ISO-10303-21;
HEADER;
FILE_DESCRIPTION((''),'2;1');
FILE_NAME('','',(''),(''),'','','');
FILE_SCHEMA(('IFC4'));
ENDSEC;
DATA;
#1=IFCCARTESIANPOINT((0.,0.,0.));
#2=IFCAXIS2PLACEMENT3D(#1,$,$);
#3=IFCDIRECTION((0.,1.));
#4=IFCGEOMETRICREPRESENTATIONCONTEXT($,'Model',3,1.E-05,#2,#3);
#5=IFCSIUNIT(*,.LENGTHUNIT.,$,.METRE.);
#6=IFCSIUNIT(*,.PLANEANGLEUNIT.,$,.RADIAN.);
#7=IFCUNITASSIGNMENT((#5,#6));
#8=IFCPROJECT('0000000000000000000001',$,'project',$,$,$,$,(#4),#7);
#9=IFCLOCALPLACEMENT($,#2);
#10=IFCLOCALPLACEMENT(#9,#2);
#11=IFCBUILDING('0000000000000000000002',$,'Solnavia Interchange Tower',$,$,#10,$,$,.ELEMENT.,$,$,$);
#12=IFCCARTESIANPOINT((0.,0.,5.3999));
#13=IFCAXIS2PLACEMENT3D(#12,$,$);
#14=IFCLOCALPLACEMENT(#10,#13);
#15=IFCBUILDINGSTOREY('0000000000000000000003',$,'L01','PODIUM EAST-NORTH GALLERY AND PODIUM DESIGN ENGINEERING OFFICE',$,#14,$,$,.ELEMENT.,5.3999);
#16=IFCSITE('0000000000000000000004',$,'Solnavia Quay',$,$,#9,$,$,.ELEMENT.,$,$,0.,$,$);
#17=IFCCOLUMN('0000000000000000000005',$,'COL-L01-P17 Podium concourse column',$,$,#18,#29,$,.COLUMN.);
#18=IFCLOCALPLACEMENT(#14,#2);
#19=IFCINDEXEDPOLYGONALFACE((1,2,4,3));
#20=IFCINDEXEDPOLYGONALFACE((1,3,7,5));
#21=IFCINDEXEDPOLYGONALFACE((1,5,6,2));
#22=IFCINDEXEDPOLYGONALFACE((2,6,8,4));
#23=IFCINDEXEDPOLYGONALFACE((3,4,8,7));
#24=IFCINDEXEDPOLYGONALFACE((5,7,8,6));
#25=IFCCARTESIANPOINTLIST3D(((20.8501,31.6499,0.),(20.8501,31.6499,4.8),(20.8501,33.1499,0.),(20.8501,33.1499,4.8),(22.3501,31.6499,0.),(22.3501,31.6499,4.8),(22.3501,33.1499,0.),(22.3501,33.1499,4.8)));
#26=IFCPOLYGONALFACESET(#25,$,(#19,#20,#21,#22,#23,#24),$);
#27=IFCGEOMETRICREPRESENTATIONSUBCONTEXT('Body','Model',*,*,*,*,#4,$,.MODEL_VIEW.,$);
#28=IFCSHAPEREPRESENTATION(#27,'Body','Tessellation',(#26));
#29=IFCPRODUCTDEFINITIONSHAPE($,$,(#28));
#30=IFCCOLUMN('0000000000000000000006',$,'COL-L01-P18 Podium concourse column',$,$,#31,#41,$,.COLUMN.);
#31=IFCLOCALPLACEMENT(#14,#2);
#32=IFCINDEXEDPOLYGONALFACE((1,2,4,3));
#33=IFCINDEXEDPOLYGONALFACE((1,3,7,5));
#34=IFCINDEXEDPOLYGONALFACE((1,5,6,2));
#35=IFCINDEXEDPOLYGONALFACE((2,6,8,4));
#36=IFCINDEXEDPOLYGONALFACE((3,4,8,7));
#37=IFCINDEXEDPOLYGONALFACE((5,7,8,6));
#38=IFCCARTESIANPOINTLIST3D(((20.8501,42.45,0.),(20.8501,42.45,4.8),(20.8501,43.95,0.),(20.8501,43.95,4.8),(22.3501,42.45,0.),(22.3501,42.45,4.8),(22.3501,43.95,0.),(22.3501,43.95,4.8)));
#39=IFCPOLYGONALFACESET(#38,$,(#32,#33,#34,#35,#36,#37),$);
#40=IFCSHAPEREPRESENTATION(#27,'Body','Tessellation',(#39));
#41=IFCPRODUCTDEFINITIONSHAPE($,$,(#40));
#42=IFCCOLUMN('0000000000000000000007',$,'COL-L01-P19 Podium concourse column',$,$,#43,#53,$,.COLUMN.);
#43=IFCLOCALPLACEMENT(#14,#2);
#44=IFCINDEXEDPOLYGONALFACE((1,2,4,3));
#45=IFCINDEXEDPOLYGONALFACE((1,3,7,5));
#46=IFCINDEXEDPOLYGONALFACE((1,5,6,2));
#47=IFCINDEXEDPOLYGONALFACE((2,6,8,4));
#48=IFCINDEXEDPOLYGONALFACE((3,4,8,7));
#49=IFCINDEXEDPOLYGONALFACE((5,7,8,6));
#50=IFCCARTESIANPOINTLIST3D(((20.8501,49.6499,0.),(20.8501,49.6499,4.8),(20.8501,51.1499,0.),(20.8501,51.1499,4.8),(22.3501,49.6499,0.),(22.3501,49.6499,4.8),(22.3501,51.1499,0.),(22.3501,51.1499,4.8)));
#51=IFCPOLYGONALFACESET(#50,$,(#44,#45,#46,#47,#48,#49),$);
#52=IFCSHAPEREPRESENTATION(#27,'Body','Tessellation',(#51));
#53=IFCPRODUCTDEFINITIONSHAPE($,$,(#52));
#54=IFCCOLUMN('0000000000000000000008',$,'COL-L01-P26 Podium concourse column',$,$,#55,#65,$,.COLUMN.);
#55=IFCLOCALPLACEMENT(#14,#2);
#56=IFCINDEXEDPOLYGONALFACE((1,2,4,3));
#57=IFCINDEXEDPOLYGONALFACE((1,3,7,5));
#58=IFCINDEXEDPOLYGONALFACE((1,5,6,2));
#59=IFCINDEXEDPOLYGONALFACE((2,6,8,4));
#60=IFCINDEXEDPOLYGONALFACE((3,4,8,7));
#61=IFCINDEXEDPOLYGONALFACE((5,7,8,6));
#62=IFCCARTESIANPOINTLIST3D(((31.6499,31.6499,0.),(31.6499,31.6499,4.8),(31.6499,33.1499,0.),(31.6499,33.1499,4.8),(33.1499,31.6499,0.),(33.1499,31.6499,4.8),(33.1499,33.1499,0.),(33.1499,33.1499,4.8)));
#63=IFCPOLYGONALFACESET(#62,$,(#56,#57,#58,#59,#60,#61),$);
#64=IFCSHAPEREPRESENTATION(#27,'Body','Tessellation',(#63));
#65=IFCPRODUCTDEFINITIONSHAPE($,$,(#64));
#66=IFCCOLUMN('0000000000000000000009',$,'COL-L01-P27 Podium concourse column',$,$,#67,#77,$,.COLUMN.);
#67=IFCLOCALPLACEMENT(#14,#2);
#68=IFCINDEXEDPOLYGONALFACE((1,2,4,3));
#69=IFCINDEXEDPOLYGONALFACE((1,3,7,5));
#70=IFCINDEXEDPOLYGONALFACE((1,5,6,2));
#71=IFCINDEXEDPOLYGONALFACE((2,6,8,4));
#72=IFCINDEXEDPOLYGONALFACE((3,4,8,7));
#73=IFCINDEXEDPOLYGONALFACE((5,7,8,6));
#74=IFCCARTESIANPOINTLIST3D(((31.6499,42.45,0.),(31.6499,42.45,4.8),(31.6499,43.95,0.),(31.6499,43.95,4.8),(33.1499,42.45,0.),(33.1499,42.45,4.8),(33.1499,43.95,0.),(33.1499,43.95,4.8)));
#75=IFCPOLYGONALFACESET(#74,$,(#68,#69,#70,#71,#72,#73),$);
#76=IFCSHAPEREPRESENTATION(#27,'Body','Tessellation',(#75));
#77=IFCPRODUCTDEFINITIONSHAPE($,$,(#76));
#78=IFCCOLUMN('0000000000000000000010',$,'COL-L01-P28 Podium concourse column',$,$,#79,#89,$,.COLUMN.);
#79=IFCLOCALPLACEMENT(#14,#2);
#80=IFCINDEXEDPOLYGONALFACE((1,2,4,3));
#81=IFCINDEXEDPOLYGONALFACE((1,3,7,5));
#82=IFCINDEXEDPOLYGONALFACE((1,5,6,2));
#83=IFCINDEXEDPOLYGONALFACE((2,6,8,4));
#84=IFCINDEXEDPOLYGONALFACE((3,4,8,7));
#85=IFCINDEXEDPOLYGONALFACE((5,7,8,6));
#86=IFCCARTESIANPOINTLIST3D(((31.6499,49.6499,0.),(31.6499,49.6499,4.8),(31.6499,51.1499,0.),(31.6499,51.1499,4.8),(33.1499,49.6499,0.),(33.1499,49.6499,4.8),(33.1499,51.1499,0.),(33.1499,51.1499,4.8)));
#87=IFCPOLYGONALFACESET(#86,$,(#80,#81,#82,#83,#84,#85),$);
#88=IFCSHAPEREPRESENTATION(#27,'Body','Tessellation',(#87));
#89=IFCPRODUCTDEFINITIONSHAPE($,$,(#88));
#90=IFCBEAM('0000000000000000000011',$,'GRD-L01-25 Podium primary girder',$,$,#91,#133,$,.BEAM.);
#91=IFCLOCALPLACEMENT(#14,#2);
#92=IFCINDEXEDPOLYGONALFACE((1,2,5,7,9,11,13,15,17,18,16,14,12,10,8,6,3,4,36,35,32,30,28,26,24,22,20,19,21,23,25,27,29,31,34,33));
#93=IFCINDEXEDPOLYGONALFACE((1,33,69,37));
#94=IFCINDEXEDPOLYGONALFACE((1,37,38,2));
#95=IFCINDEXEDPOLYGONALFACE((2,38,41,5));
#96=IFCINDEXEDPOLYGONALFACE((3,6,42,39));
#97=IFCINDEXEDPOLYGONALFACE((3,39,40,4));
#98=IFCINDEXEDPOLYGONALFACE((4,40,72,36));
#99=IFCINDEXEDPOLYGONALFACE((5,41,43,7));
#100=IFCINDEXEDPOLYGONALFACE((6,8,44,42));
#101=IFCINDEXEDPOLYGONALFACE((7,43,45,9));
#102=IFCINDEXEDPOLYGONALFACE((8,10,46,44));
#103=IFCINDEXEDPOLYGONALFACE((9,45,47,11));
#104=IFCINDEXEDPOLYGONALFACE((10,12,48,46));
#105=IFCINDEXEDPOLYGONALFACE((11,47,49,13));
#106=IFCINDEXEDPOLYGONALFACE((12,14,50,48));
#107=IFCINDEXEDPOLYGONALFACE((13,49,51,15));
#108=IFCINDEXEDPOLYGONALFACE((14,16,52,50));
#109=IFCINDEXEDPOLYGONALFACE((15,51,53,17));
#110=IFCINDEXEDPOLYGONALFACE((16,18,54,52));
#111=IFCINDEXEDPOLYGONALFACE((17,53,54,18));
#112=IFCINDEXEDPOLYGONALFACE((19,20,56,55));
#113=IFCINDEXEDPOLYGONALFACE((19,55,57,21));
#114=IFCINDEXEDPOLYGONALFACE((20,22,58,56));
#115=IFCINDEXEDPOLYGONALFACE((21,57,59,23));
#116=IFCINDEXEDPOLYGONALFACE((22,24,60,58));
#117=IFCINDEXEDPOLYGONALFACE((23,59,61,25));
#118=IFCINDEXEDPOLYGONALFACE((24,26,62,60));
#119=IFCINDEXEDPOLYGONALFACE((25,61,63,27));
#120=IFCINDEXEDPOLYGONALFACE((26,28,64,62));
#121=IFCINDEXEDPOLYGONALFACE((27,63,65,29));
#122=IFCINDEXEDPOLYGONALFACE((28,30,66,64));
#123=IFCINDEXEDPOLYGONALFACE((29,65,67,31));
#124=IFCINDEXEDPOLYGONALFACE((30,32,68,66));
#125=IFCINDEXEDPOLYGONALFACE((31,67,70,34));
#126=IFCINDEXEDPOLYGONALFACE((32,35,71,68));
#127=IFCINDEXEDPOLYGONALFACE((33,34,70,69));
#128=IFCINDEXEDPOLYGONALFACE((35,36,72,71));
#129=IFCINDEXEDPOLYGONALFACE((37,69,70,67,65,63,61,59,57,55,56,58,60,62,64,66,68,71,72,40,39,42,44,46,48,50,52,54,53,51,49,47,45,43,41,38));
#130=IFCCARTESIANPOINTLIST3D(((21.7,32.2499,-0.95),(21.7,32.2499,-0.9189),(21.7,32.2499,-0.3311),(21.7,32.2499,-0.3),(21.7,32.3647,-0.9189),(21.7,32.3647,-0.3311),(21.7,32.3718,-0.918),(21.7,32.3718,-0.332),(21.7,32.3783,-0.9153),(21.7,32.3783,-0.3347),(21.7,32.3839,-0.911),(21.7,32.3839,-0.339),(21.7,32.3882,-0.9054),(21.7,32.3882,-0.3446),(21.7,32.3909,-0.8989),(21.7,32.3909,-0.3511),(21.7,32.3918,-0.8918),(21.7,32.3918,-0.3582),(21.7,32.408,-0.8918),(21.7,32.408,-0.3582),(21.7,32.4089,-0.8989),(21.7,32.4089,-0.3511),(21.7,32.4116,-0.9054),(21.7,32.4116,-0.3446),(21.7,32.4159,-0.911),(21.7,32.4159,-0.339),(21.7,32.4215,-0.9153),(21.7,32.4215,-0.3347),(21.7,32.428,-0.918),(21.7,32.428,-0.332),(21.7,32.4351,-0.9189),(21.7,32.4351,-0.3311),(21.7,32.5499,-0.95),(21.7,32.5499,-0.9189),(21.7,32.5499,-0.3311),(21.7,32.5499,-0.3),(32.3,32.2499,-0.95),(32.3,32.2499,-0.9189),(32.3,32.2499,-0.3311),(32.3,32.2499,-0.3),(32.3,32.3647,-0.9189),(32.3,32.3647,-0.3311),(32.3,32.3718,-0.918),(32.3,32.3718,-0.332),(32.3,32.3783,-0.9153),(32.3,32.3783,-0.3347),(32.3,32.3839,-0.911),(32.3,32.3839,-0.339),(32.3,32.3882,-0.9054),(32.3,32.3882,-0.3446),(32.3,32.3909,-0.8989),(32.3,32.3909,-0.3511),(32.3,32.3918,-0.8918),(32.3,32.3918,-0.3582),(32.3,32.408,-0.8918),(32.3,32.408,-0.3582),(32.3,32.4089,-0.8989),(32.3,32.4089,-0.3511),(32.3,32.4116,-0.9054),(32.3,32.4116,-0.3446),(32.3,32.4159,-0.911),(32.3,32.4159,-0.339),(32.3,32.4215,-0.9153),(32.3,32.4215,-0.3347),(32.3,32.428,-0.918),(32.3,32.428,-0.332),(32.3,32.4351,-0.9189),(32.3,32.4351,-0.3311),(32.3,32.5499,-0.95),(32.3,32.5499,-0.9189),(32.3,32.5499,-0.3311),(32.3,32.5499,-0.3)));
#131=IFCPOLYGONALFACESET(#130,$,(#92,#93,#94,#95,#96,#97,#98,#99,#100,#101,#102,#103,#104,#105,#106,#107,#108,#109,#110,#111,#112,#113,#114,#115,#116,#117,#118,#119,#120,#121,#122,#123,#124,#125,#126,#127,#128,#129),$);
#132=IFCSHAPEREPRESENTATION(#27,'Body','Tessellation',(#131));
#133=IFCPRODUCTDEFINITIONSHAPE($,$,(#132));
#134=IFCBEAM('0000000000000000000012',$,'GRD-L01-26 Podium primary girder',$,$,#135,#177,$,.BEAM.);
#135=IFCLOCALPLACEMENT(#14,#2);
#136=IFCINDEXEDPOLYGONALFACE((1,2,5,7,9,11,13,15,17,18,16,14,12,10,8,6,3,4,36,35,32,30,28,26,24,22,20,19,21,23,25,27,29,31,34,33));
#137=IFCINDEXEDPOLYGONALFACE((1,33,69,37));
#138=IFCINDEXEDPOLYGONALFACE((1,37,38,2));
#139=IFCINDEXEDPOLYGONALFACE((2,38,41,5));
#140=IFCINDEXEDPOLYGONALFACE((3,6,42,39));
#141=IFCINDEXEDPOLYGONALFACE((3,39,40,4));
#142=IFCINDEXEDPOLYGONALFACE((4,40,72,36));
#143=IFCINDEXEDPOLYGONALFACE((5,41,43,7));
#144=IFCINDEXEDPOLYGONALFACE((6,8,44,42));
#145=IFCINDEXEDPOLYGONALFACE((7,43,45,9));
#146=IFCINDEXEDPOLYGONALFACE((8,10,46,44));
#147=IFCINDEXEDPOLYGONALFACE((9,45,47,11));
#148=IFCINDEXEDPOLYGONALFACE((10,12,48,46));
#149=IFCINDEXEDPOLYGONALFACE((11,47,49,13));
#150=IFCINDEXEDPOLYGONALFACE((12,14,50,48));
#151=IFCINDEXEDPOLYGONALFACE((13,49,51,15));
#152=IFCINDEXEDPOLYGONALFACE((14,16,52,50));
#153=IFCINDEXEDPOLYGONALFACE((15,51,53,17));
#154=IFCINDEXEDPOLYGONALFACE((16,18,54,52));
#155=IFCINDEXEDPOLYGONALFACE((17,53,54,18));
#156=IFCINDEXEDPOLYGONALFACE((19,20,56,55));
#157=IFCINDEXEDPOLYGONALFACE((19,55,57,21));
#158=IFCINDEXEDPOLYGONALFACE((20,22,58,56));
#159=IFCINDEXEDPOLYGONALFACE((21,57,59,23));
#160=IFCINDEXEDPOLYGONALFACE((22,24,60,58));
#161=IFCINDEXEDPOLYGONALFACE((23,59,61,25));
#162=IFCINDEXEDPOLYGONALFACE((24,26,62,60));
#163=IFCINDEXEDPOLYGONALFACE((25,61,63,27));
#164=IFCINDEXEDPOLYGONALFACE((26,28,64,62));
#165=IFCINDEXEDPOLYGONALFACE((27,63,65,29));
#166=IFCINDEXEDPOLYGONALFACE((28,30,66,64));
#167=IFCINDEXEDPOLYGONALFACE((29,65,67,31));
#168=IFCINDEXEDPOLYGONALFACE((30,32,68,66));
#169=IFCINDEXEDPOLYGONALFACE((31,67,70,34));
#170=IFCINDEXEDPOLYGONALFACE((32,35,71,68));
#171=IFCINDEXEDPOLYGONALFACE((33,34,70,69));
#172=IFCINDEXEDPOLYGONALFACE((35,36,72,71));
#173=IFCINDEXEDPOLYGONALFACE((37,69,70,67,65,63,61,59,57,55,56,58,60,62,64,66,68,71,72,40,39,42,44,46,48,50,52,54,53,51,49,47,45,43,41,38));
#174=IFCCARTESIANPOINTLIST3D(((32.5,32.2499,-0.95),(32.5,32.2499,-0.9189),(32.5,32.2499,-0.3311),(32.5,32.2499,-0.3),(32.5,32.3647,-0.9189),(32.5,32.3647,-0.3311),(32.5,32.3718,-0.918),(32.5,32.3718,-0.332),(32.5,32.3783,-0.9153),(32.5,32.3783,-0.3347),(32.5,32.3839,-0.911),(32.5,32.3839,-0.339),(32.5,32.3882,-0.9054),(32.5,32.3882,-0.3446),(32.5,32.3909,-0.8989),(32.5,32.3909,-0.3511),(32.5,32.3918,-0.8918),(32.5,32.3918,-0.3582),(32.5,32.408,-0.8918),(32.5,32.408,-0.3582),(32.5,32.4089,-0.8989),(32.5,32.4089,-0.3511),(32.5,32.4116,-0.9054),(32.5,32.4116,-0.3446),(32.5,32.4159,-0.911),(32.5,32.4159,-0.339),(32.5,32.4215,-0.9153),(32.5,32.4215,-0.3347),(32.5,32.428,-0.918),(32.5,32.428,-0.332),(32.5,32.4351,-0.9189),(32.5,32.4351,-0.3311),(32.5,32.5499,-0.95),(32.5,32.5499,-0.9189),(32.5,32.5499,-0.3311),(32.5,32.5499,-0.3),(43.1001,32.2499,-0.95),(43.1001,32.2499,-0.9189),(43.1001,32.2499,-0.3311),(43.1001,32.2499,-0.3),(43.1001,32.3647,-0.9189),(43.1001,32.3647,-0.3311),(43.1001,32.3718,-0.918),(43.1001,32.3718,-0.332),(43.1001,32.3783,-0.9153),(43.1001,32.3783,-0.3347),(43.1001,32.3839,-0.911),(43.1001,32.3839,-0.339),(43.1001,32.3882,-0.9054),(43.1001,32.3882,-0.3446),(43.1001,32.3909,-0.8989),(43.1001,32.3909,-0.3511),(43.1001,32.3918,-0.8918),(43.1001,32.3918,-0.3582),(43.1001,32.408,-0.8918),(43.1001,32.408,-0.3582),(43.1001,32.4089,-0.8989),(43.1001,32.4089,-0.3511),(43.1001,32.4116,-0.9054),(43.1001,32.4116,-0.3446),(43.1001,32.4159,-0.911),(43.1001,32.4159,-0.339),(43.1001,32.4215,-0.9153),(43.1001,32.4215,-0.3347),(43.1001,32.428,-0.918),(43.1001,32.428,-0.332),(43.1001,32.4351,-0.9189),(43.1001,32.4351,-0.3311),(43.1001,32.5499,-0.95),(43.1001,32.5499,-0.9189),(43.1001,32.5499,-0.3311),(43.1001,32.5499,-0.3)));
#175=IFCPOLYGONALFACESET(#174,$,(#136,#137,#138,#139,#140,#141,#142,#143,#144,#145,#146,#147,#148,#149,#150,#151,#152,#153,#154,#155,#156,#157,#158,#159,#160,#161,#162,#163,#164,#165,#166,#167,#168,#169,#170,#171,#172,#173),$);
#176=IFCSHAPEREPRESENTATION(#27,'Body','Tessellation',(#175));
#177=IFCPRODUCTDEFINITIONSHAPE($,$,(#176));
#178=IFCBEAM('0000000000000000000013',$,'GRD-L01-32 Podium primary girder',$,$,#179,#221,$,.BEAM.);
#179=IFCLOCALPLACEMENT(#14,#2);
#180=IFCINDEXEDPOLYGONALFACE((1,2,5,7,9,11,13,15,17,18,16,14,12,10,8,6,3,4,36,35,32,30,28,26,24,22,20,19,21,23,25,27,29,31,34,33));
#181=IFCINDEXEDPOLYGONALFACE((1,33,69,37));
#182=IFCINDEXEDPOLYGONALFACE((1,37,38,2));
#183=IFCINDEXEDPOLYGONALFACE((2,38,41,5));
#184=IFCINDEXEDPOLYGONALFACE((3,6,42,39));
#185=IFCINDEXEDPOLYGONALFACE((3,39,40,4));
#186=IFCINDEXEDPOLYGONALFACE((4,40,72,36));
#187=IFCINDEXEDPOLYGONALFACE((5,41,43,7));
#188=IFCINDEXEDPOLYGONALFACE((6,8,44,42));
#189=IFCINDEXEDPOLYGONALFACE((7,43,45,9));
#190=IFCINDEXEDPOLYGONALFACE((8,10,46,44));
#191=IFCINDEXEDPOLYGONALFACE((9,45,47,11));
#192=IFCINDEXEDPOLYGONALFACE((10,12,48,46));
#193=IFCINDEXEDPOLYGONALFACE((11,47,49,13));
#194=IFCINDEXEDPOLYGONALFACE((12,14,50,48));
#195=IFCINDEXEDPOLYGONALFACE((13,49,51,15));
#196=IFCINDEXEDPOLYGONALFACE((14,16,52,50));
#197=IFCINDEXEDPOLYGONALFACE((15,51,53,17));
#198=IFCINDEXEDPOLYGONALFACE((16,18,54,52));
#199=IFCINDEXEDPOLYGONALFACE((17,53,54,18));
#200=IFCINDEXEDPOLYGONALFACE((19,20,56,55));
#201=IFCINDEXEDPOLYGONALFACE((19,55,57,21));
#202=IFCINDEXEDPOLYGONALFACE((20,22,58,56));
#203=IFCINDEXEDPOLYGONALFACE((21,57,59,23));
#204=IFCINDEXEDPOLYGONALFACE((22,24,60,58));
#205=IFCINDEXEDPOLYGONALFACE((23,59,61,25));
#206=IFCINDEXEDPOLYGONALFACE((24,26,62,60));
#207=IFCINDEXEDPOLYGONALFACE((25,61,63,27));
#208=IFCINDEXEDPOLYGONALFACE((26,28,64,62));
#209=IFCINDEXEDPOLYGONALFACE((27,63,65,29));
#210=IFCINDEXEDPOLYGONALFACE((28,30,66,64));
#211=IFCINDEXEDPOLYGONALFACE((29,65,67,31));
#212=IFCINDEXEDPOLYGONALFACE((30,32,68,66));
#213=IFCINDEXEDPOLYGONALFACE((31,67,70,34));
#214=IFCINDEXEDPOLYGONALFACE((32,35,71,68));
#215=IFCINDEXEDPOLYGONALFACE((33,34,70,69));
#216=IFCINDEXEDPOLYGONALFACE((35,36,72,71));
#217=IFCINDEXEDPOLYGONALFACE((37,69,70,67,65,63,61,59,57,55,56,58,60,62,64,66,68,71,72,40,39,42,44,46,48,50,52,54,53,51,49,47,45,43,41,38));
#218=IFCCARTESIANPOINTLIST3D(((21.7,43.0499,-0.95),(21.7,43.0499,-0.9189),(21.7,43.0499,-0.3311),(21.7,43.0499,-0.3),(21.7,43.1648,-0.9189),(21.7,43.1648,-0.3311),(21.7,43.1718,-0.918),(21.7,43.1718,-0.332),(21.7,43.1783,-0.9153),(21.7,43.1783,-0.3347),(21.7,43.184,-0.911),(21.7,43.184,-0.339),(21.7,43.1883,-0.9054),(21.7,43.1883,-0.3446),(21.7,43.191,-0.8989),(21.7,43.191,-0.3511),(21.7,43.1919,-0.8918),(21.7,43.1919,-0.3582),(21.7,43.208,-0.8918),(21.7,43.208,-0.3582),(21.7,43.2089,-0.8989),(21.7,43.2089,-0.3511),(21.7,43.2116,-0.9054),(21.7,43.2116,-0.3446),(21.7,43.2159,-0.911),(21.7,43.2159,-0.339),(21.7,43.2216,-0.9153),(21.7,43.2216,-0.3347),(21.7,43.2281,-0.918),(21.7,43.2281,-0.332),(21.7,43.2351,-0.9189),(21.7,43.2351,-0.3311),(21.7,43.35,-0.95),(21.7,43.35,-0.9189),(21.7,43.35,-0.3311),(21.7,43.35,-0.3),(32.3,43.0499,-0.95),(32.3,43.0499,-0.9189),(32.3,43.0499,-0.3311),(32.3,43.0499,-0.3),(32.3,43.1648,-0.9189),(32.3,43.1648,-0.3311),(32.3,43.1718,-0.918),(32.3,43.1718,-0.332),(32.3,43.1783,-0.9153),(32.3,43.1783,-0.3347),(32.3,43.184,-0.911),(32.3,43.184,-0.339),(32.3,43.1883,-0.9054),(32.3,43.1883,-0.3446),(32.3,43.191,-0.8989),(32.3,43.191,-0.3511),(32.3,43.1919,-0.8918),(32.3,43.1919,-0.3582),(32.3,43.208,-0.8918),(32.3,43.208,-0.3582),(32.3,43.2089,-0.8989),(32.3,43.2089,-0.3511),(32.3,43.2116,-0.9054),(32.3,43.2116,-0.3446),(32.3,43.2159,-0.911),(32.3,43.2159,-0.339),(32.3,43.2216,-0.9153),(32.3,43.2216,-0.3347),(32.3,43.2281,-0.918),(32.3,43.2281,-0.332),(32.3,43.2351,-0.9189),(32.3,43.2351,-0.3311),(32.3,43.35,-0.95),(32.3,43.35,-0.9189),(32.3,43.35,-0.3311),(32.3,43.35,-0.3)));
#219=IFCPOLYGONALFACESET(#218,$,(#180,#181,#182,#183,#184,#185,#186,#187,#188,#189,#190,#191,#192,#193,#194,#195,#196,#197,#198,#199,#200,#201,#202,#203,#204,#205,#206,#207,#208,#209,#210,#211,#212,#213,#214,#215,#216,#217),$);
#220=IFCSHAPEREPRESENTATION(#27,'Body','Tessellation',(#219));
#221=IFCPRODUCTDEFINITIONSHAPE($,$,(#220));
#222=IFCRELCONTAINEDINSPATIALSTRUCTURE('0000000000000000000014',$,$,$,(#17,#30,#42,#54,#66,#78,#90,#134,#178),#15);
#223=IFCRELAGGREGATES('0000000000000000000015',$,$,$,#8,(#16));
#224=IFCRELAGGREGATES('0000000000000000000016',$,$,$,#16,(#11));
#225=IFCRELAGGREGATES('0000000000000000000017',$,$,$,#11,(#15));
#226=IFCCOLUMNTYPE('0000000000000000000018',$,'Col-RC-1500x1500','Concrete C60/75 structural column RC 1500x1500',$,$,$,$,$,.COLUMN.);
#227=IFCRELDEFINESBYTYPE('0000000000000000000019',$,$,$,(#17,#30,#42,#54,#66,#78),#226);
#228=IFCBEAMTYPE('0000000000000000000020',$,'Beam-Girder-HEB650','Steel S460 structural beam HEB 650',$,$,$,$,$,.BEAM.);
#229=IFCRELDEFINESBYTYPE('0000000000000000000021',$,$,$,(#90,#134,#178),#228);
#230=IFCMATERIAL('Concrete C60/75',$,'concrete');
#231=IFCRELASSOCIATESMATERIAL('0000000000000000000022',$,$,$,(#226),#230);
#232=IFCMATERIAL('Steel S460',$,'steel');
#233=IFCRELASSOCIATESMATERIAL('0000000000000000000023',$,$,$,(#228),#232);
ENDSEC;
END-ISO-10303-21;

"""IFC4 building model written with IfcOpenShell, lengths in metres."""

from ifc_helpers import new_model, si_unit, direction, frame, origin, origin_2d, place, context, subcontext, project, spatial, rectangle, i_section, extrude, material, material_profile, profile_set, type_object, element, save


model = new_model("IFC4")

# Units and contexts
model_context = context("Model", 3, precision=1e-05, world=origin(), true_north=direction((0.0, 1.0)))
body_context = subcontext(model_context, "Body", "Model", "MODEL_VIEW")
ifc_project = project(units=[si_unit("LENGTHUNIT", "METRE"), si_unit("PLANEANGLEUNIT", "RADIAN")], contexts=[model_context])

# Site, building, storey
site_placement = place(None, origin())
site = spatial("IfcSite", under=ifc_project, at=site_placement, Name="Solnavia Quay", CompositionType="ELEMENT", RefElevation=0.0)
building_placement = place(site_placement, origin())
building = spatial("IfcBuilding", under=site, at=building_placement, Name="Solnavia Interchange Tower", CompositionType="ELEMENT")
storey_placement = place(building_placement, frame((0.0, 0.0, 5.3999)))
storey = spatial("IfcBuildingStorey", under=building, at=storey_placement, Name="L01", Description="PODIUM EAST-NORTH GALLERY AND PODIUM DESIGN ENGINEERING OFFICE", CompositionType="ELEMENT", Elevation=5.3999)

# Columns
ifc_material_1 = material(Name="Concrete C60/75", Category="concrete")
ifc_material_profile_1 = material_profile(ifc_material_1, rectangle(XDim=1.5, YDim=1.5, at=origin_2d()), Name="RC 1500x1500")
ifc_profile_set_1 = profile_set([ifc_material_profile_1], Name="Concrete C60/75")
column_type = type_object("IfcColumnType", Name="Col-RC-1500x1500", Description="Concrete C60/75 structural column RC 1500x1500", PredefinedType="COLUMN", material=ifc_profile_set_1)
for number, where, z_axis, x_axis, name in (
    (1, (21.6001, 32.3999, 0.0), (0.0, 0.0, 1.0), (1.0, 0.0, 0.0), "COL-L01-P17 Podium concourse column"),
    (2, (21.6001, 43.2, 0.0), (0.0, 0.0, 1.0), (1.0, 0.0, 0.0), "COL-L01-P18 Podium concourse column"),
    (3, (21.6001, 50.3999, 0.0), (0.0, 0.0, 1.0), (1.0, 0.0, 0.0), "COL-L01-P19 Podium concourse column"),
    (4, (32.3999, 32.3999, 0.0), (0.0, 0.0, 1.0), (1.0, 0.0, 0.0), "COL-L01-P26 Podium concourse column"),
    (5, (32.3999, 43.2, 0.0), (0.0, 0.0, 1.0), (1.0, 0.0, 0.0), "COL-L01-P27 Podium concourse column"),
    (6, (32.3999, 50.3999, 0.0), (0.0, 0.0, 1.0), (1.0, 0.0, 0.0), "COL-L01-P28 Podium concourse column"),
):
    element("IfcColumn", number, at=place(storey_placement, frame(where, z_axis=z_axis, x_axis=x_axis)), inside=storey, type_object=column_type, Name=name, PredefinedType="COLUMN", context=body_context, shape_type="SweptSolid", body=[
        extrude(rectangle(XDim=1.5, YDim=1.5, at=origin_2d()), origin(), (0.0, 0.0, 1.0), 4.8),
    ])

# Beams
ifc_material_2 = material(Name="Steel S460", Category="steel")
ifc_material_profile_2 = material_profile(ifc_material_2, i_section(OverallWidth=0.3, OverallDepth=0.6499, WebThickness=0.0161, FlangeThickness=0.031, FilletRadius=0.0271, at=origin_2d()), Name="HEB 650")
ifc_profile_set_2 = profile_set([ifc_material_profile_2], Name="Steel S460")
beam_type_1 = type_object("IfcBeamType", Name="Beam-Girder-HEB650", Description="Steel S460 structural beam HEB 650", PredefinedType="BEAM", material=ifc_profile_set_2)
for number, where, z_axis, x_axis, name in (
    (7, (21.7, 32.3999, -0.625), (1.0, 0.0, 0.0), (0.0, 1.0, 0.0), "GRD-L01-25 Podium primary girder"),
    (8, (32.5, 32.3999, -0.625), (1.0, 0.0, 0.0), (0.0, 1.0, 0.0), "GRD-L01-26 Podium primary girder"),
    (9, (21.7, 43.2, -0.625), (1.0, 0.0, 0.0), (0.0, 1.0, 0.0), "GRD-L01-32 Podium primary girder"),
):
    element("IfcBeam", number, at=place(storey_placement, frame(where, z_axis=z_axis, x_axis=x_axis)), inside=storey, type_object=beam_type_1, Name=name, PredefinedType="BEAM", context=body_context, shape_type="SweptSolid", body=[
        extrude(i_section(OverallWidth=0.3, OverallDepth=0.6499, WebThickness=0.0161, FlangeThickness=0.031, FilletRadius=0.0271, at=origin_2d()), origin(), (0.0, 0.0, 1.0), 10.6001),
    ])

save(model, "model.ifc")
